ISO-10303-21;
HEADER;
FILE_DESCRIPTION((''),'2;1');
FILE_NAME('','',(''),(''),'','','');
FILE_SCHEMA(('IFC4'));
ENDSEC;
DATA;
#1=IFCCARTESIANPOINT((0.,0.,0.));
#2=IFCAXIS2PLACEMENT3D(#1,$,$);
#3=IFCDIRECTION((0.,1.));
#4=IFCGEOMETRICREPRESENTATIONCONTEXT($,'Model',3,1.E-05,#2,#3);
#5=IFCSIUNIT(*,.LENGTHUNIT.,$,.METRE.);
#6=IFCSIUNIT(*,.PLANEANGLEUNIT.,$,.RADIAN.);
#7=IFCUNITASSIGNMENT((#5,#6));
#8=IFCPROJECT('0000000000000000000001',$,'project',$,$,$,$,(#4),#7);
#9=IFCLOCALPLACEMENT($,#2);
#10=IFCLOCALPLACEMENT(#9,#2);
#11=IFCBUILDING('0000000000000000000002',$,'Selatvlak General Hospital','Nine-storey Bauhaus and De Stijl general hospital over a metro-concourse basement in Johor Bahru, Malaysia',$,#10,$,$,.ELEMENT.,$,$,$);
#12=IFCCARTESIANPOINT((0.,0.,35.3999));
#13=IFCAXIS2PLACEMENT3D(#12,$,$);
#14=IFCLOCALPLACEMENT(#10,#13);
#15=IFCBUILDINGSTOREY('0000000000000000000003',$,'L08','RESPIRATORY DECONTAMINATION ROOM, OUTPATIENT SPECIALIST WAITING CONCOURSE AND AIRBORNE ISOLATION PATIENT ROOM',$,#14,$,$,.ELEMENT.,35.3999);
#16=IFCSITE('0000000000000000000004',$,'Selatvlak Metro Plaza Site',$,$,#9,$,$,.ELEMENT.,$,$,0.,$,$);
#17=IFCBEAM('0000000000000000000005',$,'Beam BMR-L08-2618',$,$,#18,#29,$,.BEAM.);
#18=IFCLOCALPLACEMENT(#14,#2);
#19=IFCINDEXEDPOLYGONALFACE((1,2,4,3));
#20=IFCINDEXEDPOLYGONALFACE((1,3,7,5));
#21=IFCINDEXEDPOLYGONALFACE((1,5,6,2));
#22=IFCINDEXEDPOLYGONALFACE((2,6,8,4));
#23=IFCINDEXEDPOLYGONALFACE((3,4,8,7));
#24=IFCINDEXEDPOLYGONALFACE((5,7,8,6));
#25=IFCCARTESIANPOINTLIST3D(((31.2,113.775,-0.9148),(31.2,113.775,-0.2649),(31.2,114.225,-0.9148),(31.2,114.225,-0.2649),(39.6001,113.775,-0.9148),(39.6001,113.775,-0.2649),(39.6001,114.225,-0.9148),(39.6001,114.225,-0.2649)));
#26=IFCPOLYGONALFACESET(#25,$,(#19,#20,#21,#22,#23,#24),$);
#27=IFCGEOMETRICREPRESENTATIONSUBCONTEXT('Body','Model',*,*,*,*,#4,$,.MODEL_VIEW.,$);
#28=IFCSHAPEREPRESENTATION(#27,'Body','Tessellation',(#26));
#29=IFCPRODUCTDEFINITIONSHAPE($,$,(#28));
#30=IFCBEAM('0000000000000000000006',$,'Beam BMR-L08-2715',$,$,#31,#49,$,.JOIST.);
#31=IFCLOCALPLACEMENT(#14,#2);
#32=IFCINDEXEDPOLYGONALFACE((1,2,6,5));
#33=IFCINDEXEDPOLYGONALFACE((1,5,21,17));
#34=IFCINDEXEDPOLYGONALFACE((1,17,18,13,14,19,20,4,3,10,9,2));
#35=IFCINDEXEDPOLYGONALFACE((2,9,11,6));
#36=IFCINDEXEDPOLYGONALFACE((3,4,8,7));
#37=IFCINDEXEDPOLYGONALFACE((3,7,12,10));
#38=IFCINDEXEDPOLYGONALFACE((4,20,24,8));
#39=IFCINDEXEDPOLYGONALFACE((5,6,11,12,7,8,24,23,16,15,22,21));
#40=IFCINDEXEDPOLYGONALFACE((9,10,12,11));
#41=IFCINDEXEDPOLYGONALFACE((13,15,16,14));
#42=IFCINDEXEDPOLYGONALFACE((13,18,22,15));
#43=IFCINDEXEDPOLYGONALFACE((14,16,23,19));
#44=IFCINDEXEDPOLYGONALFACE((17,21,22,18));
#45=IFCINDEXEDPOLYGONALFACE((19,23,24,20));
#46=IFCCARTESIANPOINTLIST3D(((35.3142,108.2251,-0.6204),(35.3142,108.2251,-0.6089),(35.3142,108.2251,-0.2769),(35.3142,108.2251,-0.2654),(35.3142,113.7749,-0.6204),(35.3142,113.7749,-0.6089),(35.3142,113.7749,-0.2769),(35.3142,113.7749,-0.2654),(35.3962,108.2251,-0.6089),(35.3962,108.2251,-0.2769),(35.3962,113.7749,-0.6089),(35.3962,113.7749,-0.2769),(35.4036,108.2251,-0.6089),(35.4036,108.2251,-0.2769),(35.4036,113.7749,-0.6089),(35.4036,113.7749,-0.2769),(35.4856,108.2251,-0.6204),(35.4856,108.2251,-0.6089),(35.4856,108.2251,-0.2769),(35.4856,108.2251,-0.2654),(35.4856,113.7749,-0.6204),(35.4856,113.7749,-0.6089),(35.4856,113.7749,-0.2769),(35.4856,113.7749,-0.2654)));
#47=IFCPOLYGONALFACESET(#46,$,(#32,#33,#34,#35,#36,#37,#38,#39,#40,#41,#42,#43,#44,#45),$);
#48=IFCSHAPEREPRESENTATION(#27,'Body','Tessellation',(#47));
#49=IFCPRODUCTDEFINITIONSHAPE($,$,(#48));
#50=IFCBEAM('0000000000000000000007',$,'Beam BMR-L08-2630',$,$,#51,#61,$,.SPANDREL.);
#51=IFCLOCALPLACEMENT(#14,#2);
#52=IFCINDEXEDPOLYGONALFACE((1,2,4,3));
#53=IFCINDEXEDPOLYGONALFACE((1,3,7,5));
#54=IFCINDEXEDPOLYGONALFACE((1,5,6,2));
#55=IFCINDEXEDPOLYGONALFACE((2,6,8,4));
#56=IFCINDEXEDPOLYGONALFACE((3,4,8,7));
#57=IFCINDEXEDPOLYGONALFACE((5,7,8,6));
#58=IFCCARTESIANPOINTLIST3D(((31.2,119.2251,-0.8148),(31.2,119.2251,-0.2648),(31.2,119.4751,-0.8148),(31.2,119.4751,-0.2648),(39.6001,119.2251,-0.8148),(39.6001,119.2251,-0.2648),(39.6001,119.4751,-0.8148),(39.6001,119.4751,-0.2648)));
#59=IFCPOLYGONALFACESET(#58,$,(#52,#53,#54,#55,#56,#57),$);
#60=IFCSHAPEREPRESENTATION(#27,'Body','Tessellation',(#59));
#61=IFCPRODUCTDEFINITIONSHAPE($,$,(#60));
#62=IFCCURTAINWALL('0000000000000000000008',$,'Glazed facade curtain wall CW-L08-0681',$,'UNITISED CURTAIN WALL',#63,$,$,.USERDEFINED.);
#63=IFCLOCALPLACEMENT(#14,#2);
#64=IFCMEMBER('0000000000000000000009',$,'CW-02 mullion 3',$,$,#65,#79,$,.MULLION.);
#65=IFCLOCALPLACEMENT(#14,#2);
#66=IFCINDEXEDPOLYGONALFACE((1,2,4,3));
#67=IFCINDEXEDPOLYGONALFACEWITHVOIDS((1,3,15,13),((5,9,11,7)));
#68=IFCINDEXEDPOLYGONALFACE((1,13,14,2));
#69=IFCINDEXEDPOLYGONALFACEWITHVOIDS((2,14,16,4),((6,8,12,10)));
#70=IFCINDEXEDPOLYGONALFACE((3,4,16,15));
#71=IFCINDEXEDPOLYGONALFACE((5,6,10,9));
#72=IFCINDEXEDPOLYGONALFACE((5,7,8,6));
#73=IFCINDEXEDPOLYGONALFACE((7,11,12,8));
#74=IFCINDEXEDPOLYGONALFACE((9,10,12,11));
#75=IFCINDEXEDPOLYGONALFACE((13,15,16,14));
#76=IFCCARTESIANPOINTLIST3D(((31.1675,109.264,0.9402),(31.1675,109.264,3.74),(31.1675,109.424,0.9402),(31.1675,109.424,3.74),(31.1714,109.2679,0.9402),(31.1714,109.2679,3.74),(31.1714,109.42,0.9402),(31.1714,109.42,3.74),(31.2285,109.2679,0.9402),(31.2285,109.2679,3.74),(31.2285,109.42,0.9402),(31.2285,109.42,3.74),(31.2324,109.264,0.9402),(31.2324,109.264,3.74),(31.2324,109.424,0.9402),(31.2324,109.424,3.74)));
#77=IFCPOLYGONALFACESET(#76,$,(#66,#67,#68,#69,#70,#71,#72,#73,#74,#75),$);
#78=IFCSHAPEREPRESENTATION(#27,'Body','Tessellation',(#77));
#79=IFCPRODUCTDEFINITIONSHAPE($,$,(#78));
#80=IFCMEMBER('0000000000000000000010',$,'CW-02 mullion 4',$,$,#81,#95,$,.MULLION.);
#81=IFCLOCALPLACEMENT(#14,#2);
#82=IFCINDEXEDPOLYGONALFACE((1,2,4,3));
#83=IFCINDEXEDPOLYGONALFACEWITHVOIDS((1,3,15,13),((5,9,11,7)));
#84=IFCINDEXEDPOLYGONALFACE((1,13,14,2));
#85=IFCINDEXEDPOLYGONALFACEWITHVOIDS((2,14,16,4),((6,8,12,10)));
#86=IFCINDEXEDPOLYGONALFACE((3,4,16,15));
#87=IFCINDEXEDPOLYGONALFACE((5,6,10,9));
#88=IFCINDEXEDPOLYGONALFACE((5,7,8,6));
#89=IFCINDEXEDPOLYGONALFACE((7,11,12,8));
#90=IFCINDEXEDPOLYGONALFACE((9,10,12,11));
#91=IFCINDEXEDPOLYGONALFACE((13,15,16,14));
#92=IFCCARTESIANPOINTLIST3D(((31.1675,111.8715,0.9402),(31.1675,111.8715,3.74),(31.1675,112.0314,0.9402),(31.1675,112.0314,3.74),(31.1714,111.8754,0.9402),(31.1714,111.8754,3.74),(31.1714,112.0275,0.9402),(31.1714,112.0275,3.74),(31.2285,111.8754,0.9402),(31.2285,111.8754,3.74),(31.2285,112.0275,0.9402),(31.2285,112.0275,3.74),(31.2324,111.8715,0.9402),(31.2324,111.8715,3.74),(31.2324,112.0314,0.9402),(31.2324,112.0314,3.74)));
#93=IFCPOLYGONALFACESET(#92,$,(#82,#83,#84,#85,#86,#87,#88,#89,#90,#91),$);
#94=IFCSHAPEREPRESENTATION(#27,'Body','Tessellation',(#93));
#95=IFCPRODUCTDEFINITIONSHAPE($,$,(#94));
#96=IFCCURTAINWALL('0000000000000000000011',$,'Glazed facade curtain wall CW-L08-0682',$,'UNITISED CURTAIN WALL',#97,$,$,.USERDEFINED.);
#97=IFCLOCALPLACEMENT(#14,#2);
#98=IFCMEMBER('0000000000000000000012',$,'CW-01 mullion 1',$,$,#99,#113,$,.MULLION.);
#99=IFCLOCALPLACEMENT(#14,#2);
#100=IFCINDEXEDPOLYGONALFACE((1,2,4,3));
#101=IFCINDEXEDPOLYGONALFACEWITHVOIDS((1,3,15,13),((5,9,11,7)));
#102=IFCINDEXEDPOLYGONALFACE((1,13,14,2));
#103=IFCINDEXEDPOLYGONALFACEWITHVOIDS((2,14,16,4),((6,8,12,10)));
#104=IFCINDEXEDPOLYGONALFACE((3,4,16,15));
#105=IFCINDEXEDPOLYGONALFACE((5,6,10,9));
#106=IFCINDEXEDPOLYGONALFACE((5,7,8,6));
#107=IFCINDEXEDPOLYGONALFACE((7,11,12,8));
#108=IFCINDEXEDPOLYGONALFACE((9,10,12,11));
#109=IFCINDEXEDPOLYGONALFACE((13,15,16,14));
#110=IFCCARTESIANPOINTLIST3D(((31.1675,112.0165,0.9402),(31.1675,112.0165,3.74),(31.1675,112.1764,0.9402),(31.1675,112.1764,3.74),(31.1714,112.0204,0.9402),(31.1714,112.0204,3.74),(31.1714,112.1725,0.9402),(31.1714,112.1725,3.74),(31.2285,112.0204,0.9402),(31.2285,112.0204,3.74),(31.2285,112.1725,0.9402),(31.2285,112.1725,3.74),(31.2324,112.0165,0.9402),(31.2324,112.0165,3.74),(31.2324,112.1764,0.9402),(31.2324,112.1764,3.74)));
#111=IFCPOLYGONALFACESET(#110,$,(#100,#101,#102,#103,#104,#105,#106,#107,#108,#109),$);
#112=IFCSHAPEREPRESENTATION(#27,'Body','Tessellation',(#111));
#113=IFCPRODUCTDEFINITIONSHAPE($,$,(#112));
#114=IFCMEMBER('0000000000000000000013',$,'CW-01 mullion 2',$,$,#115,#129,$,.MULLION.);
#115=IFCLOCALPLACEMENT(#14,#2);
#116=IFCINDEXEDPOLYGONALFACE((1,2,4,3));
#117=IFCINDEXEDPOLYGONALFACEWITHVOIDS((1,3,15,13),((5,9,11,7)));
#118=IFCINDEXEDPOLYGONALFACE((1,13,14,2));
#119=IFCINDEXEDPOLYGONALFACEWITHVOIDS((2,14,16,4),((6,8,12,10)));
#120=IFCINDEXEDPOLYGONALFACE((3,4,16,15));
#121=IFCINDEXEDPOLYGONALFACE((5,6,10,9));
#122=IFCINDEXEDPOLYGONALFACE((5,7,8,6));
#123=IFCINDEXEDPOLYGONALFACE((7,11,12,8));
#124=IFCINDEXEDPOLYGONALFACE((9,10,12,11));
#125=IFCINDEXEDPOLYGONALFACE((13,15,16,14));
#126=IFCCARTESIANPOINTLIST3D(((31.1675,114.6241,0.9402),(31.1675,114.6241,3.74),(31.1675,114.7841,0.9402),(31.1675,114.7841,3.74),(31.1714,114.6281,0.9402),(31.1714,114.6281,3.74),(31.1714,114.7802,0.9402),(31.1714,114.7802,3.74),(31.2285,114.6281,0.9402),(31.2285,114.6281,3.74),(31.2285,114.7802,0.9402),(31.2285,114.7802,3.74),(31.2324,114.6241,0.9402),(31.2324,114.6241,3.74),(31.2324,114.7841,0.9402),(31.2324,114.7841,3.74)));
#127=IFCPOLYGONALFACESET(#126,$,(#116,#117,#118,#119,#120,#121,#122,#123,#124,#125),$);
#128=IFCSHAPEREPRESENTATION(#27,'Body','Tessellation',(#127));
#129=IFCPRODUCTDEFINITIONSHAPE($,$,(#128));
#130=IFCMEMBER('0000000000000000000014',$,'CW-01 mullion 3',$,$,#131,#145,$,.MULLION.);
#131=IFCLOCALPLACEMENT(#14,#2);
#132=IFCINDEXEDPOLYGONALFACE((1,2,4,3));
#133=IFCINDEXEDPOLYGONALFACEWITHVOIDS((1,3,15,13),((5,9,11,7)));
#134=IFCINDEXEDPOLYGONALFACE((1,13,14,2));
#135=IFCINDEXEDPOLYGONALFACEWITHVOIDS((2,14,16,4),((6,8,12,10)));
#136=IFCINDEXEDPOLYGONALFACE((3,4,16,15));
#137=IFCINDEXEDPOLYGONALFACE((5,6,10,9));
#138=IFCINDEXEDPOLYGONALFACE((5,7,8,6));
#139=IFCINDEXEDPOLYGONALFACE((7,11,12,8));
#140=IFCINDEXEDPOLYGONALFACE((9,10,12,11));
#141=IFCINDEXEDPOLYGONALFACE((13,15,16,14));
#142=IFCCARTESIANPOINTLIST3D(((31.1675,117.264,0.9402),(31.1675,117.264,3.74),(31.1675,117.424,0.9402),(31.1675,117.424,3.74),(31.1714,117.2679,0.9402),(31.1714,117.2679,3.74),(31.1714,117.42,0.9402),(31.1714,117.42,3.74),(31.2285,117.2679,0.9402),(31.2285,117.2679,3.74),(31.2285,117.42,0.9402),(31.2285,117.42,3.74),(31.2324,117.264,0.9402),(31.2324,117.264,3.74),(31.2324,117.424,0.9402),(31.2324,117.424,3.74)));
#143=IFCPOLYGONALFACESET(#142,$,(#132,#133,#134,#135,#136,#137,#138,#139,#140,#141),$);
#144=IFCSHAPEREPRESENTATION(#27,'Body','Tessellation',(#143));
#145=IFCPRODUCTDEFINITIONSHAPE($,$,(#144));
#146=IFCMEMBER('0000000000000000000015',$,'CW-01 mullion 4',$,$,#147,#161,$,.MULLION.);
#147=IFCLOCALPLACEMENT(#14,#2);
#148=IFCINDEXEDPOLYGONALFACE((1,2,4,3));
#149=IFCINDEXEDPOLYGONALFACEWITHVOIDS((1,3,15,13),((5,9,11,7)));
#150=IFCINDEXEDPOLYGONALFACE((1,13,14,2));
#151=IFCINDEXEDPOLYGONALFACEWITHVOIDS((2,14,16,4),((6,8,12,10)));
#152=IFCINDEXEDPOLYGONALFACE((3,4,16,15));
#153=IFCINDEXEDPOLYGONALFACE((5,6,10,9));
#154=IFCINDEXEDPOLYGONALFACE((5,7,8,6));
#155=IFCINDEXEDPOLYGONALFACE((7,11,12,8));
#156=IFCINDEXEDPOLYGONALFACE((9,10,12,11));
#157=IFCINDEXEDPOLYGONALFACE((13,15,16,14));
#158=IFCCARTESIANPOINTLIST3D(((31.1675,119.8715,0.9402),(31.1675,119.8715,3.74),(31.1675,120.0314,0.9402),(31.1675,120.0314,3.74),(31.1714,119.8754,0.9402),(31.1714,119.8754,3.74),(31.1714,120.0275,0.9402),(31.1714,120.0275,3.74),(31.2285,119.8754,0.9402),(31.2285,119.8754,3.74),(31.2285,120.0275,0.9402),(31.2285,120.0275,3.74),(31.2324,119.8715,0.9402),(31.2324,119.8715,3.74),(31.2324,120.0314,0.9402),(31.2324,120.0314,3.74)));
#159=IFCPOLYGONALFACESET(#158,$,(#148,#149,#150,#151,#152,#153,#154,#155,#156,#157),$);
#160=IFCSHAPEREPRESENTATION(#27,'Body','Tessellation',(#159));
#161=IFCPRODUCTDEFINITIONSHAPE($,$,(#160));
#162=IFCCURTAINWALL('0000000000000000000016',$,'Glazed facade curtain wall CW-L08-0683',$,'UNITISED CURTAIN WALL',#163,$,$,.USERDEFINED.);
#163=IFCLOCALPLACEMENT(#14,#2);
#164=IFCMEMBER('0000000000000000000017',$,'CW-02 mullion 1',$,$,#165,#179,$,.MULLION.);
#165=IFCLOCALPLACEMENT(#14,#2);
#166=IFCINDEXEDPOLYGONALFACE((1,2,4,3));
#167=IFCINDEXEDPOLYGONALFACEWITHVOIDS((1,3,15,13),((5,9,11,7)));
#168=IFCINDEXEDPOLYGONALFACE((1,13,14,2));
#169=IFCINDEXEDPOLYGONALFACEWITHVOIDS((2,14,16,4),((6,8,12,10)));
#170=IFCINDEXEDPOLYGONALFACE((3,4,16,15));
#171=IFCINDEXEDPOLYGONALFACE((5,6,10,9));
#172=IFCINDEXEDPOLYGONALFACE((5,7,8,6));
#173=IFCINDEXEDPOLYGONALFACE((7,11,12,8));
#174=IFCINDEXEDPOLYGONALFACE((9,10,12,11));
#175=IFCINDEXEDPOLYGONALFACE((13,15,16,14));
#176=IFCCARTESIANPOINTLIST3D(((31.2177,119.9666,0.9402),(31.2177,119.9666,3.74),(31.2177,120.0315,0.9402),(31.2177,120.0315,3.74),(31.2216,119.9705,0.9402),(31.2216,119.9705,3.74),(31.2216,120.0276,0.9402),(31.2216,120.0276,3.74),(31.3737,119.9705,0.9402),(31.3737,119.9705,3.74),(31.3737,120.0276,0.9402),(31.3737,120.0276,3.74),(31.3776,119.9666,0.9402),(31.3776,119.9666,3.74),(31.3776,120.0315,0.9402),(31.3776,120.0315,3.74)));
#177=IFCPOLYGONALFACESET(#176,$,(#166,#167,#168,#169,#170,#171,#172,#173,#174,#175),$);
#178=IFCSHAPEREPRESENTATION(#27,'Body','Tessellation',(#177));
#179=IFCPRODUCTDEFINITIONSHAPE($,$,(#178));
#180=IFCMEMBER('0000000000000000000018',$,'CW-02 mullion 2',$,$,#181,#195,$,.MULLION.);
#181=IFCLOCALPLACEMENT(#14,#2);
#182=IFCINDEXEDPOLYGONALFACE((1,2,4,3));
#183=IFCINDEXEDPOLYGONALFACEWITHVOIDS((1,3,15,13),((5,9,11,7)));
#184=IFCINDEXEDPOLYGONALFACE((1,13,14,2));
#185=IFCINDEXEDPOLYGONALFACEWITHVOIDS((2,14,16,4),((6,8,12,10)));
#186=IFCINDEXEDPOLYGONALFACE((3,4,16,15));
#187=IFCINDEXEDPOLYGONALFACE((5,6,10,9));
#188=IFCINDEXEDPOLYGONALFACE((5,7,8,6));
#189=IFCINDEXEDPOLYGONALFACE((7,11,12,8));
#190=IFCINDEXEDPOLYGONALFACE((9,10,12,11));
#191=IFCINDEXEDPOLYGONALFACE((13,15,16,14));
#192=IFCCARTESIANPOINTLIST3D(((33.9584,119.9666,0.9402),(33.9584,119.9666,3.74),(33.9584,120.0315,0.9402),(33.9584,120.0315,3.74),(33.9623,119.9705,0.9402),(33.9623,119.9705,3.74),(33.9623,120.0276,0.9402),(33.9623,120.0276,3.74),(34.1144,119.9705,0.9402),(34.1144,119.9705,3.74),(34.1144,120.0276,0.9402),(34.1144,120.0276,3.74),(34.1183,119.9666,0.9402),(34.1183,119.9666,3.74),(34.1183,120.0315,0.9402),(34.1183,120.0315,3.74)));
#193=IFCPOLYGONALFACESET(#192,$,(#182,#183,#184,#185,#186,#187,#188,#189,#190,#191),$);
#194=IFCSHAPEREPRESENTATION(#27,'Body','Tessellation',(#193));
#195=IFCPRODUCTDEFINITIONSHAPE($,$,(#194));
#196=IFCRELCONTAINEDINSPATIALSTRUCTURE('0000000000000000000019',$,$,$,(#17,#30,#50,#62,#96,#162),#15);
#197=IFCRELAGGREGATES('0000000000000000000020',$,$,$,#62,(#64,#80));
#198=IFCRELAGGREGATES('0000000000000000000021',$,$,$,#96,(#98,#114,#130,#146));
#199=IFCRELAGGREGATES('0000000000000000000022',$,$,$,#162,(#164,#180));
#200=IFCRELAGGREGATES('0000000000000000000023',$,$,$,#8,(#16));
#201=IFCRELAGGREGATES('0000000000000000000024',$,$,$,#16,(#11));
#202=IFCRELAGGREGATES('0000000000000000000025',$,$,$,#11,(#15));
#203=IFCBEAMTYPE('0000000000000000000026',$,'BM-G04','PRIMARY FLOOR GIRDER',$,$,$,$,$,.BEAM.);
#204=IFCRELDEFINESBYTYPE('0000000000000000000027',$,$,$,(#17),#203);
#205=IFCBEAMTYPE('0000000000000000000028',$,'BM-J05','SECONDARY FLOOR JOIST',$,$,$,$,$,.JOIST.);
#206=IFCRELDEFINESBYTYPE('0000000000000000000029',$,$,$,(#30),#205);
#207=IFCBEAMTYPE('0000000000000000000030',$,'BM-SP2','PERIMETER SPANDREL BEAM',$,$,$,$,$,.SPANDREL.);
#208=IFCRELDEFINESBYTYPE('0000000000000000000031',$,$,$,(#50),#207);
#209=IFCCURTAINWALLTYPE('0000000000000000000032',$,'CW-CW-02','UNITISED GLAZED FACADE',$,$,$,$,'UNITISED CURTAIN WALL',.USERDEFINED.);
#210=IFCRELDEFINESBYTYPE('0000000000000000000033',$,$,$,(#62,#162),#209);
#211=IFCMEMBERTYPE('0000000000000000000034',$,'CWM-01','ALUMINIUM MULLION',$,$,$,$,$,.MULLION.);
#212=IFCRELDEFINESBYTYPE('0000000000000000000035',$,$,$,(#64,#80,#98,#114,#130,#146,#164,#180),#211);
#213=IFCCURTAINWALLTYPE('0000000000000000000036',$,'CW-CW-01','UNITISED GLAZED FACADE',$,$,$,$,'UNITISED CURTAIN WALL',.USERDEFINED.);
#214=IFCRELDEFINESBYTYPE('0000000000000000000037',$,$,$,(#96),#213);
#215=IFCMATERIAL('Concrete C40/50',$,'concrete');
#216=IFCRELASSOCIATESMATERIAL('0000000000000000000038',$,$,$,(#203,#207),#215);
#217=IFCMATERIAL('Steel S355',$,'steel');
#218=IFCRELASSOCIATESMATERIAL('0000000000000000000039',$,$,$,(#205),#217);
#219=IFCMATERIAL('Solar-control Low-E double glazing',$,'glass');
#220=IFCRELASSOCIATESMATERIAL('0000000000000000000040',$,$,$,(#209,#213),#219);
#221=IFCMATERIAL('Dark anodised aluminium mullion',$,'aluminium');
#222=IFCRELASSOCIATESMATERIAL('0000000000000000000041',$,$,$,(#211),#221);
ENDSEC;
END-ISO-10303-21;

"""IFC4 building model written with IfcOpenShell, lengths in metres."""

from ifc_helpers import new_model, si_unit, direction, frame, origin, origin_2d, place, context, subcontext, project, spatial, rectangle, hollow_rectangle, i_section, extrude, material, material_profile, profile_set, type_object, element, aggregate, save


model = new_model("IFC4")

# Units and contexts
model_context = context("Model", 3, precision=1e-05, world=origin(), true_north=direction((0.0, 1.0)))
body_context = subcontext(model_context, "Body", "Model", "MODEL_VIEW")
ifc_project = project(units=[si_unit("LENGTHUNIT", "METRE"), si_unit("PLANEANGLEUNIT", "RADIAN")], contexts=[model_context])

# Site, building, storey
site_placement = place(None, origin())
site = spatial("IfcSite", under=ifc_project, at=site_placement, Name="Selatvlak Metro Plaza Site", CompositionType="ELEMENT", RefElevation=0.0)
building_placement = place(site_placement, origin())
building = spatial("IfcBuilding", under=site, at=building_placement, Name="Selatvlak General Hospital", Description="Nine-storey Bauhaus and De Stijl general hospital over a metro-concourse basement in Johor Bahru, Malaysia", CompositionType="ELEMENT")
storey_placement = place(building_placement, frame((0.0, 0.0, 35.3999)))
storey = spatial("IfcBuildingStorey", under=building, at=storey_placement, Name="L08", Description="RESPIRATORY DECONTAMINATION ROOM, OUTPATIENT SPECIALIST WAITING CONCOURSE AND AIRBORNE ISOLATION PATIENT ROOM", CompositionType="ELEMENT", Elevation=35.3999)

# Beams
ifc_material_1 = material(Name="Concrete C40/50", Category="concrete")
ifc_material_profile_1 = material_profile(ifc_material_1, rectangle(XDim=0.45, YDim=0.6499, at=origin_2d()), Name="RC-BM 450x650")
ifc_profile_set_1 = profile_set([ifc_material_profile_1], Name="Concrete C40/50")
beam_type_1 = type_object("IfcBeamType", Name="BM-G04", Description="PRIMARY FLOOR GIRDER", PredefinedType="BEAM", material=ifc_profile_set_1)
beam_1_placement = place(storey_placement, frame((31.2, 114.0, -0.5898), z_axis=(1.0, 0.0, 0.0), x_axis=(0.0, 1.0, 0.0)))
element("IfcBeam", 1, at=beam_1_placement, inside=storey, type_object=beam_type_1, Name="Beam BMR-L08-2618", PredefinedType="BEAM", context=body_context, shape_type="SweptSolid", body=[
    extrude(rectangle(XDim=0.45, YDim=0.6499, at=origin_2d()), origin(), (0.0, 0.0, 1.0), 8.4001),
])
ifc_material_2 = material(Name="Steel S355", Category="steel")
ifc_material_profile_2 = material_profile(ifc_material_2, i_section(OverallWidth=0.1714, OverallDepth=0.355, WebThickness=0.0073, FlangeThickness=0.0115, at=origin_2d()), Name="UB 356x171x51")
ifc_profile_set_2 = profile_set([ifc_material_profile_2], Name="Steel S355")
beam_type_2 = type_object("IfcBeamType", Name="BM-J05", Description="SECONDARY FLOOR JOIST", PredefinedType="JOIST", material=ifc_profile_set_2)
beam_2_placement = place(storey_placement, frame((35.3999, 108.2251, -0.4429), z_axis=(0.0, 1.0, 0.0), x_axis=(-1.0, 0.0, 0.0)))
element("IfcBeam", 2, at=beam_2_placement, inside=storey, type_object=beam_type_2, Name="Beam BMR-L08-2715", PredefinedType="JOIST", context=body_context, shape_type="SweptSolid", body=[
    extrude(i_section(OverallWidth=0.1714, OverallDepth=0.355, WebThickness=0.0073, FlangeThickness=0.0115, at=origin_2d()), origin(), (0.0, 0.0, 1.0), 5.5498),
])
ifc_material_profile_3 = material_profile(ifc_material_1, rectangle(XDim=0.25, YDim=0.55, at=origin_2d()), Name="RC-SP 250x550")
ifc_profile_set_3 = profile_set([ifc_material_profile_3], Name="Concrete C40/50")
beam_type_3 = type_object("IfcBeamType", Name="BM-SP2", Description="PERIMETER SPANDREL BEAM", PredefinedType="SPANDREL", material=ifc_profile_set_3)
beam_3_placement = place(storey_placement, frame((31.2, 119.3501, -0.5398), z_axis=(1.0, 0.0, 0.0), x_axis=(0.0, 1.0, 0.0)))
element("IfcBeam", 3, at=beam_3_placement, inside=storey, type_object=beam_type_3, Name="Beam BMR-L08-2630", PredefinedType="SPANDREL", context=body_context, shape_type="SweptSolid", body=[
    extrude(rectangle(XDim=0.25, YDim=0.55, at=origin_2d()), origin(), (0.0, 0.0, 1.0), 8.4001),
])

# Curtain walls, members
ifc_material_3 = material(Name="Solar-control Low-E double glazing", Category="glass")
curtain_wall_type_1 = type_object("IfcCurtainWallType", Name="CW-CW-02", Description="UNITISED GLAZED FACADE", ElementType="UNITISED CURTAIN WALL", PredefinedType="USERDEFINED", material=ifc_material_3)
curtain_wall_1_placement = place(storey_placement, origin())
curtain_wall_1 = element("IfcCurtainWall", 4, at=curtain_wall_1_placement, inside=storey, type_object=curtain_wall_type_1, Name="Glazed facade curtain wall CW-L08-0681", ObjectType="UNITISED CURTAIN WALL", PredefinedType="USERDEFINED")
ifc_material_4 = material(Name="Dark anodised aluminium mullion", Category="aluminium")
ifc_material_profile_4 = material_profile(ifc_material_4, hollow_rectangle(XDim=0.0649, YDim=0.1599, WallThickness=0.0039, at=origin_2d()), Name="AL-MUL 65x160x4")
ifc_profile_set_4 = profile_set([ifc_material_profile_4], Name="Dark anodised aluminium mullion")
member_type_1 = type_object("IfcMemberType", Name="CWM-01", Description="ALUMINIUM MULLION", PredefinedType="MULLION", material=ifc_profile_set_4)
member_1_placement = place(storey_placement, frame((31.2, 109.344, 0.9402), z_axis=(0.0, 0.0, 1.0), x_axis=(-1.0, 0.0, 0.0)))
member_1 = element("IfcMember", 5, at=member_1_placement, type_object=member_type_1, Name="CW-02 mullion 3", PredefinedType="MULLION", context=body_context, shape_type="SweptSolid", body=[
    extrude(hollow_rectangle(XDim=0.0649, YDim=0.1599, WallThickness=0.0039, at=origin_2d()), origin(), (0.0, 0.0, 1.0), 2.7998),
])
member_2_placement = place(storey_placement, frame((31.2, 111.9514, 0.9402), z_axis=(0.0, 0.0, 1.0), x_axis=(-1.0, 0.0, 0.0)))
member_2 = element("IfcMember", 6, at=member_2_placement, type_object=member_type_1, Name="CW-02 mullion 4", PredefinedType="MULLION", context=body_context, shape_type="SweptSolid", body=[
    extrude(hollow_rectangle(XDim=0.0649, YDim=0.1599, WallThickness=0.0039, at=origin_2d()), origin(), (0.0, 0.0, 1.0), 2.7998),
])
curtain_wall_type_2 = type_object("IfcCurtainWallType", Name="CW-CW-01", Description="UNITISED GLAZED FACADE", ElementType="UNITISED CURTAIN WALL", PredefinedType="USERDEFINED", material=ifc_material_3)
curtain_wall_2_placement = place(storey_placement, origin())
curtain_wall_2 = element("IfcCurtainWall", 7, at=curtain_wall_2_placement, inside=storey, type_object=curtain_wall_type_2, Name="Glazed facade curtain wall CW-L08-0682", ObjectType="UNITISED CURTAIN WALL", PredefinedType="USERDEFINED")
member_3_placement = place(storey_placement, frame((31.2, 112.0964, 0.9402), z_axis=(0.0, 0.0, 1.0), x_axis=(-1.0, 0.0, 0.0)))
member_3 = element("IfcMember", 8, at=member_3_placement, type_object=member_type_1, Name="CW-01 mullion 1", PredefinedType="MULLION", context=body_context, shape_type="SweptSolid", body=[
    extrude(hollow_rectangle(XDim=0.0649, YDim=0.1599, WallThickness=0.0039, at=origin_2d()), origin(), (0.0, 0.0, 1.0), 2.7998),
])
member_4_placement = place(storey_placement, frame((31.2, 114.7041, 0.9402), z_axis=(0.0, 0.0, 1.0), x_axis=(-1.0, 0.0, 0.0)))
member_4 = element("IfcMember", 9, at=member_4_placement, type_object=member_type_1, Name="CW-01 mullion 2", PredefinedType="MULLION", context=body_context, shape_type="SweptSolid", body=[
    extrude(hollow_rectangle(XDim=0.0649, YDim=0.1599, WallThickness=0.0039, at=origin_2d()), origin(), (0.0, 0.0, 1.0), 2.7998),
])
member_5_placement = place(storey_placement, frame((31.2, 117.344, 0.9402), z_axis=(0.0, 0.0, 1.0), x_axis=(-1.0, 0.0, 0.0)))
member_5 = element("IfcMember", 10, at=member_5_placement, type_object=member_type_1, Name="CW-01 mullion 3", PredefinedType="MULLION", context=body_context, shape_type="SweptSolid", body=[
    extrude(hollow_rectangle(XDim=0.0649, YDim=0.1599, WallThickness=0.0039, at=origin_2d()), origin(), (0.0, 0.0, 1.0), 2.7998),
])
member_6_placement = place(storey_placement, frame((31.2, 119.9514, 0.9402), z_axis=(0.0, 0.0, 1.0), x_axis=(-1.0, 0.0, 0.0)))
member_6 = element("IfcMember", 11, at=member_6_placement, type_object=member_type_1, Name="CW-01 mullion 4", PredefinedType="MULLION", context=body_context, shape_type="SweptSolid", body=[
    extrude(hollow_rectangle(XDim=0.0649, YDim=0.1599, WallThickness=0.0039, at=origin_2d()), origin(), (0.0, 0.0, 1.0), 2.7998),
])
curtain_wall_3_placement = place(storey_placement, origin())
curtain_wall_3 = element("IfcCurtainWall", 12, at=curtain_wall_3_placement, inside=storey, type_object=curtain_wall_type_1, Name="Glazed facade curtain wall CW-L08-0683", ObjectType="UNITISED CURTAIN WALL", PredefinedType="USERDEFINED")
member_7_placement = place(storey_placement, frame((31.2976, 119.999, 0.9402), z_axis=(0.0, 0.0, 1.0), x_axis=(0.0, 1.0, 0.0)))
member_7 = element("IfcMember", 13, at=member_7_placement, type_object=member_type_1, Name="CW-02 mullion 1", PredefinedType="MULLION", context=body_context, shape_type="SweptSolid", body=[
    extrude(hollow_rectangle(XDim=0.0649, YDim=0.1599, WallThickness=0.0039, at=origin_2d()), origin(), (0.0, 0.0, 1.0), 2.7998),
])
member_8_placement = place(storey_placement, frame((34.0383, 119.999, 0.9402), z_axis=(0.0, 0.0, 1.0), x_axis=(0.0, 1.0, 0.0)))
member_8 = element("IfcMember", 14, at=member_8_placement, type_object=member_type_1, Name="CW-02 mullion 2", PredefinedType="MULLION", context=body_context, shape_type="SweptSolid", body=[
    extrude(hollow_rectangle(XDim=0.0649, YDim=0.1599, WallThickness=0.0039, at=origin_2d()), origin(), (0.0, 0.0, 1.0), 2.7998),
])

aggregate(curtain_wall_1, [member_1, member_2])
aggregate(curtain_wall_2, [member_3, member_4, member_5, member_6])
aggregate(curtain_wall_3, [member_7, member_8])

save(model, "model.ifc")
